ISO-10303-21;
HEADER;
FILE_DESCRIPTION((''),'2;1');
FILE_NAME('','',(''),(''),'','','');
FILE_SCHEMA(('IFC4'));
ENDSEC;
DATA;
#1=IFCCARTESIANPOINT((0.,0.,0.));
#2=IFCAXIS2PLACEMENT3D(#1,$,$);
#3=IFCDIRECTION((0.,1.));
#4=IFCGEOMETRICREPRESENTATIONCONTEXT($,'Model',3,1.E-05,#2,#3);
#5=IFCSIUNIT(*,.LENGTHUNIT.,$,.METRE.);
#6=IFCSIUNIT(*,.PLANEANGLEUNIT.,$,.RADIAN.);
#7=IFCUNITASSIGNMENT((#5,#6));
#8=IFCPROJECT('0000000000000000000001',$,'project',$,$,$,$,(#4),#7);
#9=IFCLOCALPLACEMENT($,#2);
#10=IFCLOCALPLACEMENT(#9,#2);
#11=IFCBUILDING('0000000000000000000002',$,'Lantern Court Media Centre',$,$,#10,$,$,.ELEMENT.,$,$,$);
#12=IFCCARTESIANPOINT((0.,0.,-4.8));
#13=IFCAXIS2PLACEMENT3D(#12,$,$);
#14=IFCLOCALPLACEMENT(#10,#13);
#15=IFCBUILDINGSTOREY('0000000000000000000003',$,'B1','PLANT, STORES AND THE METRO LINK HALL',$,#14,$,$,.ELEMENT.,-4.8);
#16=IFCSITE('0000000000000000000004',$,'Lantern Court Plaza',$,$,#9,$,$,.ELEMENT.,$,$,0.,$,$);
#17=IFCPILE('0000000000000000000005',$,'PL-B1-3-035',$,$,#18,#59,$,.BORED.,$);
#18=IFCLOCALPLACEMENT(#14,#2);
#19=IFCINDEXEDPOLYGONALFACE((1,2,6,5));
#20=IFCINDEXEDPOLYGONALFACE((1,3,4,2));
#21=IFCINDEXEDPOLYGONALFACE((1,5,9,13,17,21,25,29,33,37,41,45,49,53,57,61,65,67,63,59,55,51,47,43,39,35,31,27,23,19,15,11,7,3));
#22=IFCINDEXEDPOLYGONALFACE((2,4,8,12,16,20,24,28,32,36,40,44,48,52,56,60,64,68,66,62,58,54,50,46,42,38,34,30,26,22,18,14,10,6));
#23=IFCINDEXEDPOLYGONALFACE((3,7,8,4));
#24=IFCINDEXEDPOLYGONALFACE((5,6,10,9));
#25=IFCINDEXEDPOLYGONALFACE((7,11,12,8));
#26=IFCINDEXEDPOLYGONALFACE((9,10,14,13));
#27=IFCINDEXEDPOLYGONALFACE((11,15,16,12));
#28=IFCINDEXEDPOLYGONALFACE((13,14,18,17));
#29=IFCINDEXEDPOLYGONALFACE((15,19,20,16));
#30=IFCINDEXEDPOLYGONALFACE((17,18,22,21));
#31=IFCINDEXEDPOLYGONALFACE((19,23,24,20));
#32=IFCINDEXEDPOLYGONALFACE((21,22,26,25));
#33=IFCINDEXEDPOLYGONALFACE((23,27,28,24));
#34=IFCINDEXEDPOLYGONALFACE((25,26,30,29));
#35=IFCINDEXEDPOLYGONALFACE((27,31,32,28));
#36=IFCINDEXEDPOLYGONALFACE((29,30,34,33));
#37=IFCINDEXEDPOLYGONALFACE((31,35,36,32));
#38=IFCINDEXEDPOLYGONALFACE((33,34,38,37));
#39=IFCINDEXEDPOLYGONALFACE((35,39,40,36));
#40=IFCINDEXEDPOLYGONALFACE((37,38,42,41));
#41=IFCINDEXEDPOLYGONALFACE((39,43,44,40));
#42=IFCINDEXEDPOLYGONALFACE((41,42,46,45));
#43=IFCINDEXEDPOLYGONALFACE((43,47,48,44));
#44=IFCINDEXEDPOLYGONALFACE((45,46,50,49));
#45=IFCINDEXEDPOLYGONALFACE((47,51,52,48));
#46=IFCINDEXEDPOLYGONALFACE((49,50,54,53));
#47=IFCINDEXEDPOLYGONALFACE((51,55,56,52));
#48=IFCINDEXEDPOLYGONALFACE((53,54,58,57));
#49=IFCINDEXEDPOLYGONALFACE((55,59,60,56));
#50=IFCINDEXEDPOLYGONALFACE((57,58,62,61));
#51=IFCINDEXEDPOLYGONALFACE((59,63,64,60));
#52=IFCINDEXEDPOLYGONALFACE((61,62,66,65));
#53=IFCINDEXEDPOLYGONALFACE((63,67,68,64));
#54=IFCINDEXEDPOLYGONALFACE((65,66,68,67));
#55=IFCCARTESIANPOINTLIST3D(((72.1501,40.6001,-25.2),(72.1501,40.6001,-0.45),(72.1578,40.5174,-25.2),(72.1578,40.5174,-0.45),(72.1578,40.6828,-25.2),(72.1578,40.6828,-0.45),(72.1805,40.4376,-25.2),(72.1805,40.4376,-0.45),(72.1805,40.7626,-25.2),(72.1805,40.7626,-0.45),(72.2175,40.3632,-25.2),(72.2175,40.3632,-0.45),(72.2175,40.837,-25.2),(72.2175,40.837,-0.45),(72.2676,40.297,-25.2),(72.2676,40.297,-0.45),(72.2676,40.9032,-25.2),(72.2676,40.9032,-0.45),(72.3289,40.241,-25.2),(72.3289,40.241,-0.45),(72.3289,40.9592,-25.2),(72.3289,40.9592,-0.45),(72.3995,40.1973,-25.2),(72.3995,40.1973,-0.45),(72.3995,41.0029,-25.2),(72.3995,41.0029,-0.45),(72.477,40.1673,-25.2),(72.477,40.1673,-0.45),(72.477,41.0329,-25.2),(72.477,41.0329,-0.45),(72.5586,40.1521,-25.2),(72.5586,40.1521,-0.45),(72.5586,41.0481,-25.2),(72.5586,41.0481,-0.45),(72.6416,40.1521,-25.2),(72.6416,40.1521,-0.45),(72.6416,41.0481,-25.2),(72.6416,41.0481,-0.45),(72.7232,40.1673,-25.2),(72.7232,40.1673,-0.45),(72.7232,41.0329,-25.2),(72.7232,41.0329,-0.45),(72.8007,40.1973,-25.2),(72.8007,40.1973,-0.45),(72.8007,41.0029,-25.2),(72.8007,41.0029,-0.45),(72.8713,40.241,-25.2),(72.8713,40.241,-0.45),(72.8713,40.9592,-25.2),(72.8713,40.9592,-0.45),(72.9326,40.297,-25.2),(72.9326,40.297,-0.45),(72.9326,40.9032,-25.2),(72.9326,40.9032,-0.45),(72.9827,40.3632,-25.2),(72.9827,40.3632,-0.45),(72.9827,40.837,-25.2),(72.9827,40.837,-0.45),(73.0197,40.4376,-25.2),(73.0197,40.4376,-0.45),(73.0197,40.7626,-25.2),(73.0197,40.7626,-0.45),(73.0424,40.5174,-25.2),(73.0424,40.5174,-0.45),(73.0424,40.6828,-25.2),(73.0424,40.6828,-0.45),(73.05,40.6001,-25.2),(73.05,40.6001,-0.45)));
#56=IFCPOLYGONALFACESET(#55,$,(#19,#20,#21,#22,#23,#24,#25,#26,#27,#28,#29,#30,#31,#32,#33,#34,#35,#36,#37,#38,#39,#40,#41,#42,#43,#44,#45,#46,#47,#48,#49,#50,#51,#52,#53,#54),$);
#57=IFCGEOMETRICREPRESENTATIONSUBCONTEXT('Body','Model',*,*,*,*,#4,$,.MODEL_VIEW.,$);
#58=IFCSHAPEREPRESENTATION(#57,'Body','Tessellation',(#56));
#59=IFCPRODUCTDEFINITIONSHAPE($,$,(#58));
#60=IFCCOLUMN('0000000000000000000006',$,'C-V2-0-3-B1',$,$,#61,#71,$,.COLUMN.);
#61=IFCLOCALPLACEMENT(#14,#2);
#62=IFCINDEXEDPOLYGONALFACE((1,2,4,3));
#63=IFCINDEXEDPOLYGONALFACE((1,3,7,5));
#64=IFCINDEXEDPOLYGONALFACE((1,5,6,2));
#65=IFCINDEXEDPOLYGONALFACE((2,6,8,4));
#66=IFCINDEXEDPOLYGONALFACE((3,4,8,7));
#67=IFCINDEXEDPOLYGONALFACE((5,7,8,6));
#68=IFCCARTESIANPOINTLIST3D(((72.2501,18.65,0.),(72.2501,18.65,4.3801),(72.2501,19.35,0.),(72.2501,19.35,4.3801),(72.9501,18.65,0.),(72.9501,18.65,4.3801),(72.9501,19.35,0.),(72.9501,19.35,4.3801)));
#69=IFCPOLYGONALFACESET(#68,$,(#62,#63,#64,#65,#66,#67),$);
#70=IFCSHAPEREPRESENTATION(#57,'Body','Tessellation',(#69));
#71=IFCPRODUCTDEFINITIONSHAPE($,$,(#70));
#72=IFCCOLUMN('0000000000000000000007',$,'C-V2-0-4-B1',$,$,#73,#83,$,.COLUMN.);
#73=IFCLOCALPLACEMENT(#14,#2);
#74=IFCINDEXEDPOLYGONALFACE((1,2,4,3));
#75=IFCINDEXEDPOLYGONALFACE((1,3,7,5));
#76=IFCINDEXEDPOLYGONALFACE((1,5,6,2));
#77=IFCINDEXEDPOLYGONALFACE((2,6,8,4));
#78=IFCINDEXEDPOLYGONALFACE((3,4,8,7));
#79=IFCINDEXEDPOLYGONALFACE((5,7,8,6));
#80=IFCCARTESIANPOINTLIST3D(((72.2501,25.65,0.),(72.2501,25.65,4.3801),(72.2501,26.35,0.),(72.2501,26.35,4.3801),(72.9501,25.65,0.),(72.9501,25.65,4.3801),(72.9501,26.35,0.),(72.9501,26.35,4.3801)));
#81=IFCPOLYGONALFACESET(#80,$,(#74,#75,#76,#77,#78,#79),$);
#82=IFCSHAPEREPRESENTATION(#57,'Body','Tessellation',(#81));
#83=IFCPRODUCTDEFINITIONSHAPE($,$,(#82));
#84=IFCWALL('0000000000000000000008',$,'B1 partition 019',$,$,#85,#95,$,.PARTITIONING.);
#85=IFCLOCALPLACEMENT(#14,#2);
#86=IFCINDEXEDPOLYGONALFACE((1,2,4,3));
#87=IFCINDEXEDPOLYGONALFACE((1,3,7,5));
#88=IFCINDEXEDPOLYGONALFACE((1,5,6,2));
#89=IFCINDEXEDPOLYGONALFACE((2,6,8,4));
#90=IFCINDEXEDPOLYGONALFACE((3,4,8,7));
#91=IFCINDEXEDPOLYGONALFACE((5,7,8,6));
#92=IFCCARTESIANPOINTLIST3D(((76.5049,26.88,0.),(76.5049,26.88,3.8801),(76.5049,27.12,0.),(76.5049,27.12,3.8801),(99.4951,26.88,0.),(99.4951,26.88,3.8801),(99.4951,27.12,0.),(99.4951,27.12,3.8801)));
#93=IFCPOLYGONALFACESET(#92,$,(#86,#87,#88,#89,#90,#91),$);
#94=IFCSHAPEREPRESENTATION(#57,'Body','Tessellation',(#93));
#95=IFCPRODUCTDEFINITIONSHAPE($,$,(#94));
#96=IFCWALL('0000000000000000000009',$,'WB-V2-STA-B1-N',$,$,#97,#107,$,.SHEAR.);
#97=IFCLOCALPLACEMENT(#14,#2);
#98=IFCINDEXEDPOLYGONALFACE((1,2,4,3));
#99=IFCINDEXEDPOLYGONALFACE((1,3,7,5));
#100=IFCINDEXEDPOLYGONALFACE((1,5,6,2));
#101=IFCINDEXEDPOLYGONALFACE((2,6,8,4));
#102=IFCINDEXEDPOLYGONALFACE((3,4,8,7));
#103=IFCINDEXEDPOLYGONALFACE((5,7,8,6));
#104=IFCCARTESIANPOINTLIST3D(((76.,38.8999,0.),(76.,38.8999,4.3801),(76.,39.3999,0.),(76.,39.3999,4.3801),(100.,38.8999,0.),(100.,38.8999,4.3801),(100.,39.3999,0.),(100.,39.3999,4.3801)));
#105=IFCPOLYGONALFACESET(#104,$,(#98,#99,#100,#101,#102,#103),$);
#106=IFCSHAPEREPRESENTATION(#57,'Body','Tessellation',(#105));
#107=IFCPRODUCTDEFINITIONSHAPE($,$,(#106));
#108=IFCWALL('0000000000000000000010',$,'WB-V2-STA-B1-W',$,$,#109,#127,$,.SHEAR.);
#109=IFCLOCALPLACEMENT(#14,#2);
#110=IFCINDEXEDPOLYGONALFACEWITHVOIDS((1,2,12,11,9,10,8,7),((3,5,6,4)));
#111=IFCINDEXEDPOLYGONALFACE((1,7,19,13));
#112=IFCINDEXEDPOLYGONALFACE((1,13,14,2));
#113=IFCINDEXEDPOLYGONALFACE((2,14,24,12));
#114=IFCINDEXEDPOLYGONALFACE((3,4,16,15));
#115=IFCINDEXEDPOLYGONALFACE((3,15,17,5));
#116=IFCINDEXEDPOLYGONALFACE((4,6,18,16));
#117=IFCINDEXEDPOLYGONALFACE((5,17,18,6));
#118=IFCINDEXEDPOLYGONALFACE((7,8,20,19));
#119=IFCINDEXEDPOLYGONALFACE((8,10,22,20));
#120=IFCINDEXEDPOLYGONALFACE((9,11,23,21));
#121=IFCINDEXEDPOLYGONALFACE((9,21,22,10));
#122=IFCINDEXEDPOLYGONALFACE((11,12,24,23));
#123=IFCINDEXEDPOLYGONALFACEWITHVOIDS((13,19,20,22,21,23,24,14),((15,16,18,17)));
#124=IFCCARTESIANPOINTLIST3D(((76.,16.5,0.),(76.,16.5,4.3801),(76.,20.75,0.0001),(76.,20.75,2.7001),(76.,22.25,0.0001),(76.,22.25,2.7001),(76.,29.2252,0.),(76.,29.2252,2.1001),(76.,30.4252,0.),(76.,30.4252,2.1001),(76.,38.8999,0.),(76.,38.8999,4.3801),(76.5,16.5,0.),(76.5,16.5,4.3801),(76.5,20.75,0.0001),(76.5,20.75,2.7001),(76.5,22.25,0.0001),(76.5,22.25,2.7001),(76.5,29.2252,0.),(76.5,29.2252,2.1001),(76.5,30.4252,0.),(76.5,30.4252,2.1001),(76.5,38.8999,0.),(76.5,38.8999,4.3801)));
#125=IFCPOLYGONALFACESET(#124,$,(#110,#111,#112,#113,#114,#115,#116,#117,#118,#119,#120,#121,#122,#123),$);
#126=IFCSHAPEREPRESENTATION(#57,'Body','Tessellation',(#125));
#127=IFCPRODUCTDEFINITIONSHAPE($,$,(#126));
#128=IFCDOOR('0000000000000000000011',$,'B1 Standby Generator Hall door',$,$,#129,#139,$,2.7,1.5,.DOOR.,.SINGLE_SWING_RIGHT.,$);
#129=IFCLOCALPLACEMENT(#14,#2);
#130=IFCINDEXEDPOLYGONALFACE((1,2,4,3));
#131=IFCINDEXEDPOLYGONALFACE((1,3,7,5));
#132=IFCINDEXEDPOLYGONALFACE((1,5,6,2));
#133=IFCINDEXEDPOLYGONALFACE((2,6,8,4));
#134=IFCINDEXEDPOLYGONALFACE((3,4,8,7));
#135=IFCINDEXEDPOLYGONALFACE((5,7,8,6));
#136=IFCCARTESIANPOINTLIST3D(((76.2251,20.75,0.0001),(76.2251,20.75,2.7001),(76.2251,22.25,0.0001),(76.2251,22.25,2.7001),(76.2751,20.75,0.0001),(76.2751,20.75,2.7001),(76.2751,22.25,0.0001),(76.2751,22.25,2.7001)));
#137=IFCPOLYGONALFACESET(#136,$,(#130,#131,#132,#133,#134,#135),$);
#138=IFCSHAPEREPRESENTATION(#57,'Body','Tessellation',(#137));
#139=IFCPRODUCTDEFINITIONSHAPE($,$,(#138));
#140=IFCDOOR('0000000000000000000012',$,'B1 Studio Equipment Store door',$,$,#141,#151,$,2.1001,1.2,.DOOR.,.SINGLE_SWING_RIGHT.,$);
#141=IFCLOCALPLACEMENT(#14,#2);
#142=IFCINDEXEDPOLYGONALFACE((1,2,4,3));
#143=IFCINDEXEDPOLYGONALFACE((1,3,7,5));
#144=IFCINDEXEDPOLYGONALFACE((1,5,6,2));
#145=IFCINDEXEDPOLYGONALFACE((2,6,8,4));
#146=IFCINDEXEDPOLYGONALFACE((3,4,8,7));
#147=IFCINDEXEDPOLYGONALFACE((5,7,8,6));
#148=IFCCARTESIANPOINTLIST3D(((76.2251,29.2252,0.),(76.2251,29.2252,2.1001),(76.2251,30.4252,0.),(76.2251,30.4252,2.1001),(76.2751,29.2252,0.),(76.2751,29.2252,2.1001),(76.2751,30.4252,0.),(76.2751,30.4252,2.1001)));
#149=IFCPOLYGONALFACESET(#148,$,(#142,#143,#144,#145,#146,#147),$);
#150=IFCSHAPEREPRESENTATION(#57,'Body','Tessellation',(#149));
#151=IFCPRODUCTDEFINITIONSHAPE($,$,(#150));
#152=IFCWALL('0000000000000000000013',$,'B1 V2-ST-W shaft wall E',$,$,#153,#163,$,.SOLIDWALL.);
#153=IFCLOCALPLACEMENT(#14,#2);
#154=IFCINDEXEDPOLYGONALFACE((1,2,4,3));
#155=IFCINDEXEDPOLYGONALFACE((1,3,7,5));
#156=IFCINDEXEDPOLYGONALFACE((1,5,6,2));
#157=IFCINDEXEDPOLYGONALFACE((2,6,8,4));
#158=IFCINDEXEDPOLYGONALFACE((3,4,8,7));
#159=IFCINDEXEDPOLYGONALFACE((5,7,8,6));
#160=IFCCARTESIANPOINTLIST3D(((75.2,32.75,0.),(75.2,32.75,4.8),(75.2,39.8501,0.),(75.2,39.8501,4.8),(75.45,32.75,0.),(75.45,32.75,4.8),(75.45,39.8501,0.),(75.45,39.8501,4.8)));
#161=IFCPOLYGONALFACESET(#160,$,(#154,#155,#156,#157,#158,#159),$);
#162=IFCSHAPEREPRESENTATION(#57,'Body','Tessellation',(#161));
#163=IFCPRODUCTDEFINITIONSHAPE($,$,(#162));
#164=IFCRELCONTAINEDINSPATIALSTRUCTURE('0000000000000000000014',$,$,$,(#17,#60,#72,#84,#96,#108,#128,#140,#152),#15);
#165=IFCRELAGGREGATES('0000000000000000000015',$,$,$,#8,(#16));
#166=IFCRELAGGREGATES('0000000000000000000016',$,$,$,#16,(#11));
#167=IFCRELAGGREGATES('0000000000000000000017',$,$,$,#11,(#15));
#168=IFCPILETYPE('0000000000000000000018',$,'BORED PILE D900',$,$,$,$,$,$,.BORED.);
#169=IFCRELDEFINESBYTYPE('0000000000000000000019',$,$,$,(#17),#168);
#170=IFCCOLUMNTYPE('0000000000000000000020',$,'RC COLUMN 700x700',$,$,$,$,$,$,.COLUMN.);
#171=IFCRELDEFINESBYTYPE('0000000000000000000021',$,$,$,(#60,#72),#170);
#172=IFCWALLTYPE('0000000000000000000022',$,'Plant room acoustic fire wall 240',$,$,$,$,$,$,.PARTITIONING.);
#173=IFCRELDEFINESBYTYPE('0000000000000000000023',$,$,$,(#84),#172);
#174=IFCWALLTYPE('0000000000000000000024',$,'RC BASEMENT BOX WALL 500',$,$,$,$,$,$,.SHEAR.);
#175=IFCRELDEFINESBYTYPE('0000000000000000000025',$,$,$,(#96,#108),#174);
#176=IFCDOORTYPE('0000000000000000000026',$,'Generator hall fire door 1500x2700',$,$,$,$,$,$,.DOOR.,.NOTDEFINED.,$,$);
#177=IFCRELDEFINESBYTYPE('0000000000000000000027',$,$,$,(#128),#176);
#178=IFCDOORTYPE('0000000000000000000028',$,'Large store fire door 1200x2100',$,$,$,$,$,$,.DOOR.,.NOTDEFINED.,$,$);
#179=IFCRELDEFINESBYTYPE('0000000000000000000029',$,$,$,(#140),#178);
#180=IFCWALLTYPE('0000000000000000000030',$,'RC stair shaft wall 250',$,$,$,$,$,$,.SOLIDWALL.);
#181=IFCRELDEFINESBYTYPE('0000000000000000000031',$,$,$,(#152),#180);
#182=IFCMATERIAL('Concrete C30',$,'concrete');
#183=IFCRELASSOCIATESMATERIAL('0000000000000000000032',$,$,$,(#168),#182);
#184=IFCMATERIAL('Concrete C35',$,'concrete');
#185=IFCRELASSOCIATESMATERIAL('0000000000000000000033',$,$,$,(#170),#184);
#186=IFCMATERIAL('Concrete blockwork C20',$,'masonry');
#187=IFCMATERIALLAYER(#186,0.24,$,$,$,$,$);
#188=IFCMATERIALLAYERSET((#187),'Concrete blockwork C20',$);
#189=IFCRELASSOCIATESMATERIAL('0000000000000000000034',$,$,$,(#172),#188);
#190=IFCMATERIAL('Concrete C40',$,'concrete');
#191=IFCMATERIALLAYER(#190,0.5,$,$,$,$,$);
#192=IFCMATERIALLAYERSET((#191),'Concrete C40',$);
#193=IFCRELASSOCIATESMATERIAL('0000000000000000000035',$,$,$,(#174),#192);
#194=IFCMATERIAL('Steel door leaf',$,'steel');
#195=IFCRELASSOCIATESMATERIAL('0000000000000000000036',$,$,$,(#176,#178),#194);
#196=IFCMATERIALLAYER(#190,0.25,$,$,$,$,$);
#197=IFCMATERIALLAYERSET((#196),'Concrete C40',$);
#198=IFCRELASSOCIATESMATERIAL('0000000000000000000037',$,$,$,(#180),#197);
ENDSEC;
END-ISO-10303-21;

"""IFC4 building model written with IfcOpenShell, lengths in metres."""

from ifc_helpers import new_model, si_unit, direction, frame, frame_2d, origin, origin_2d, place, context, subcontext, project, spatial, rectangle, circle, extrude, material, layer, layer_set, material_profile, profile_set, type_object, element, fill, save


model = new_model("IFC4")

# Units and contexts
model_context = context("Model", 3, precision=1e-05, world=origin(), true_north=direction((0.0, 1.0)))
body_context = subcontext(model_context, "Body", "Model", "MODEL_VIEW")
ifc_project = project(units=[si_unit("LENGTHUNIT", "METRE"), si_unit("PLANEANGLEUNIT", "RADIAN")], contexts=[model_context])

# Site, building, storey
site_placement = place(None, origin())
site = spatial("IfcSite", under=ifc_project, at=site_placement, Name="Lantern Court Plaza", CompositionType="ELEMENT", RefElevation=0.0)
building_placement = place(site_placement, origin())
building = spatial("IfcBuilding", under=site, at=building_placement, Name="Lantern Court Media Centre", CompositionType="ELEMENT")
storey_placement = place(building_placement, frame((0.0, 0.0, -4.8)))
storey = spatial("IfcBuildingStorey", under=building, at=storey_placement, Name="B1", Description="PLANT, STORES AND THE METRO LINK HALL", CompositionType="ELEMENT", Elevation=-4.8)

# Pile
ifc_material_1 = material(Name="Concrete C30", Category="concrete")
ifc_material_profile_1 = material_profile(ifc_material_1, circle(Radius=0.45, at=origin_2d()), Name="D900")
ifc_profile_set_1 = profile_set([ifc_material_profile_1], Name="Concrete C30")
pile_type = type_object("IfcPileType", Name="BORED PILE D900", PredefinedType="BORED", material=ifc_profile_set_1)
pile_placement = place(storey_placement, frame((72.6001, 40.6001, -0.45), z_axis=(0.0, 0.0, -1.0), x_axis=(1.0, 0.0, 0.0)))
element("IfcPile", 1, at=pile_placement, inside=storey, type_object=pile_type, Name="PL-B1-3-035", PredefinedType="BORED", context=body_context, shape_type="SweptSolid", body=[
    extrude(circle(Radius=0.45, at=origin_2d()), origin(), (0.0, 0.0, 1.0), 24.75),
])

# Columns
ifc_material_2 = material(Name="Concrete C35", Category="concrete")
ifc_material_profile_2 = material_profile(ifc_material_2, rectangle(XDim=0.7, YDim=0.7, at=origin_2d()), Name="RC 700x700")
ifc_profile_set_2 = profile_set([ifc_material_profile_2], Name="Concrete C35")
column_type = type_object("IfcColumnType", Name="RC COLUMN 700x700", PredefinedType="COLUMN", material=ifc_profile_set_2)
for number, where, z_axis, x_axis, name in (
    (2, (72.6001, 19.0, 0.0), (0.0, 0.0, 1.0), (1.0, 0.0, 0.0), "C-V2-0-3-B1"),
    (3, (72.6001, 26.0, 0.0), (0.0, 0.0, 1.0), (1.0, 0.0, 0.0), "C-V2-0-4-B1"),
):
    element("IfcColumn", number, at=place(storey_placement, frame(where, z_axis=z_axis, x_axis=x_axis)), inside=storey, type_object=column_type, Name=name, PredefinedType="COLUMN", context=body_context, shape_type="SweptSolid", body=[
        extrude(rectangle(XDim=0.7, YDim=0.7, at=origin_2d()), origin(), (0.0, 0.0, 1.0), 4.3801),
    ])

# Walls
ifc_material_3 = material(Name="Concrete blockwork C20", Category="masonry")
ifc_layer_1 = layer(ifc_material_3, 0.24)
ifc_layer_set_1 = layer_set([ifc_layer_1], Name="Concrete blockwork C20")
wall_type_1 = type_object("IfcWallType", Name="Plant room acoustic fire wall 240", PredefinedType="PARTITIONING", material=ifc_layer_set_1)
wall_1_placement = place(storey_placement, frame((76.5049, 27.0, 0.0), z_axis=(0.0, 0.0, 1.0), x_axis=(1.0, 0.0, 0.0)))
element("IfcWall", 4, at=wall_1_placement, inside=storey, type_object=wall_type_1, Name="B1 partition 019", PredefinedType="PARTITIONING", context=body_context, shape_type="SweptSolid", body=[
    extrude(rectangle(XDim=22.9902, YDim=0.24, at=frame_2d((11.4951, 0.0))), origin(), (0.0, 0.0, 1.0), 3.8801),
])
ifc_material_4 = material(Name="Concrete C40", Category="concrete")
ifc_layer_2 = layer(ifc_material_4, 0.5)
ifc_layer_set_2 = layer_set([ifc_layer_2], Name="Concrete C40")
wall_type_2 = type_object("IfcWallType", Name="RC BASEMENT BOX WALL 500", PredefinedType="SHEAR", material=ifc_layer_set_2)
wall_2_placement = place(storey_placement, frame((76.0, 39.1499, 0.0), z_axis=(0.0, 0.0, 1.0), x_axis=(1.0, 0.0, 0.0)))
element("IfcWall", 5, at=wall_2_placement, inside=storey, type_object=wall_type_2, Name="WB-V2-STA-B1-N", PredefinedType="SHEAR", context=body_context, shape_type="SweptSolid", body=[
    extrude(rectangle(XDim=24.0, YDim=0.5, at=frame_2d((12.0, 0.0))), origin(), (0.0, 0.0, 1.0), 4.3801),
])

# Wall, openings, doors
wall_3_placement = place(storey_placement, frame((76.25, 16.5, 0.0), z_axis=(0.0, 0.0, 1.0), x_axis=(0.0, 1.0, 0.0)))
wall_3 = element("IfcWall", 6, at=wall_3_placement, inside=storey, type_object=wall_type_2, Name="WB-V2-STA-B1-W", PredefinedType="SHEAR", context=body_context, shape_type="SweptSolid", body=[
    extrude(rectangle(XDim=22.3999, YDim=0.5, at=frame_2d((11.2, 0.0))), origin(), (0.0, 0.0, 1.0), 4.3801),
])
opening_1_placement = place(wall_3_placement, frame((4.25, 0.0, 0.0)))
opening_1 = element("IfcOpeningElement", 7, at=opening_1_placement, cuts=wall_3, PredefinedType="OPENING", context=body_context, shape_type="SweptSolid", body=[
    extrude(rectangle(XDim=1.5, YDim=2.7, at=frame_2d((0.75, 1.3501))), frame((0.0, 0.26, 0.0), z_axis=(0.0, -1.0, 0.0), x_axis=(1.0, 0.0, 0.0)), (0.0, 0.0, 1.0), 0.52),
])
opening_2_placement = place(wall_3_placement, frame((12.7251, 0.0, 0.0)))
opening_2 = element("IfcOpeningElement", 8, at=opening_2_placement, cuts=wall_3, PredefinedType="OPENING", context=body_context, shape_type="SweptSolid", body=[
    extrude(rectangle(XDim=1.2, YDim=2.1001, at=frame_2d((0.6001, 1.05))), frame((0.0, 0.26, 0.0), z_axis=(0.0, -1.0, 0.0), x_axis=(1.0, 0.0, 0.0)), (0.0, 0.0, 1.0), 0.52),
])
ifc_material_5 = material(Name="Steel door leaf", Category="steel")
door_type_1 = type_object("IfcDoorType", Name="Generator hall fire door 1500x2700", OperationType="NOTDEFINED", PredefinedType="DOOR", material=ifc_material_5)
door_1_placement = place(opening_1_placement, origin())
door_1 = element("IfcDoor", 9, at=door_1_placement, inside=storey, type_object=door_type_1, Name="B1 Standby Generator Hall door", OperationType="SINGLE_SWING_RIGHT", OverallHeight=2.7, OverallWidth=1.5, PredefinedType="DOOR", context=body_context, shape_type="SweptSolid", body=[
    extrude(rectangle(XDim=1.5, YDim=2.7, at=frame_2d((0.75, 1.3501))), frame((0.0, 0.0249, 0.0), z_axis=(0.0, -1.0, 0.0), x_axis=(1.0, 0.0, 0.0)), (0.0, 0.0, 1.0), 0.05),
])
fill(opening_1, door_1)
door_type_2 = type_object("IfcDoorType", Name="Large store fire door 1200x2100", OperationType="NOTDEFINED", PredefinedType="DOOR", material=ifc_material_5)
door_2_placement = place(opening_2_placement, origin())
door_2 = element("IfcDoor", 10, at=door_2_placement, inside=storey, type_object=door_type_2, Name="B1 Studio Equipment Store door", OperationType="SINGLE_SWING_RIGHT", OverallHeight=2.1001, OverallWidth=1.2, PredefinedType="DOOR", context=body_context, shape_type="SweptSolid", body=[
    extrude(rectangle(XDim=1.2, YDim=2.1001, at=frame_2d((0.6001, 1.05))), frame((0.0, 0.0249, 0.0), z_axis=(0.0, -1.0, 0.0), x_axis=(1.0, 0.0, 0.0)), (0.0, 0.0, 1.0), 0.05),
])
fill(opening_2, door_2)

# Wall
ifc_layer_3 = layer(ifc_material_4, 0.25)
ifc_layer_set_3 = layer_set([ifc_layer_3], Name="Concrete C40")
wall_type_3 = type_object("IfcWallType", Name="RC stair shaft wall 250", PredefinedType="SOLIDWALL", material=ifc_layer_set_3)
wall_4_placement = place(storey_placement, frame((75.325, 32.75, 0.0), z_axis=(0.0, 0.0, 1.0), x_axis=(0.0, 1.0, 0.0)))
element("IfcWall", 11, at=wall_4_placement, inside=storey, type_object=wall_type_3, Name="B1 V2-ST-W shaft wall E", PredefinedType="SOLIDWALL", context=body_context, shape_type="SweptSolid", body=[
    extrude(rectangle(XDim=7.1001, YDim=0.25, at=frame_2d((3.55, 0.0))), origin(), (0.0, 0.0, 1.0), 4.8),
])

save(model, "model.ifc")
